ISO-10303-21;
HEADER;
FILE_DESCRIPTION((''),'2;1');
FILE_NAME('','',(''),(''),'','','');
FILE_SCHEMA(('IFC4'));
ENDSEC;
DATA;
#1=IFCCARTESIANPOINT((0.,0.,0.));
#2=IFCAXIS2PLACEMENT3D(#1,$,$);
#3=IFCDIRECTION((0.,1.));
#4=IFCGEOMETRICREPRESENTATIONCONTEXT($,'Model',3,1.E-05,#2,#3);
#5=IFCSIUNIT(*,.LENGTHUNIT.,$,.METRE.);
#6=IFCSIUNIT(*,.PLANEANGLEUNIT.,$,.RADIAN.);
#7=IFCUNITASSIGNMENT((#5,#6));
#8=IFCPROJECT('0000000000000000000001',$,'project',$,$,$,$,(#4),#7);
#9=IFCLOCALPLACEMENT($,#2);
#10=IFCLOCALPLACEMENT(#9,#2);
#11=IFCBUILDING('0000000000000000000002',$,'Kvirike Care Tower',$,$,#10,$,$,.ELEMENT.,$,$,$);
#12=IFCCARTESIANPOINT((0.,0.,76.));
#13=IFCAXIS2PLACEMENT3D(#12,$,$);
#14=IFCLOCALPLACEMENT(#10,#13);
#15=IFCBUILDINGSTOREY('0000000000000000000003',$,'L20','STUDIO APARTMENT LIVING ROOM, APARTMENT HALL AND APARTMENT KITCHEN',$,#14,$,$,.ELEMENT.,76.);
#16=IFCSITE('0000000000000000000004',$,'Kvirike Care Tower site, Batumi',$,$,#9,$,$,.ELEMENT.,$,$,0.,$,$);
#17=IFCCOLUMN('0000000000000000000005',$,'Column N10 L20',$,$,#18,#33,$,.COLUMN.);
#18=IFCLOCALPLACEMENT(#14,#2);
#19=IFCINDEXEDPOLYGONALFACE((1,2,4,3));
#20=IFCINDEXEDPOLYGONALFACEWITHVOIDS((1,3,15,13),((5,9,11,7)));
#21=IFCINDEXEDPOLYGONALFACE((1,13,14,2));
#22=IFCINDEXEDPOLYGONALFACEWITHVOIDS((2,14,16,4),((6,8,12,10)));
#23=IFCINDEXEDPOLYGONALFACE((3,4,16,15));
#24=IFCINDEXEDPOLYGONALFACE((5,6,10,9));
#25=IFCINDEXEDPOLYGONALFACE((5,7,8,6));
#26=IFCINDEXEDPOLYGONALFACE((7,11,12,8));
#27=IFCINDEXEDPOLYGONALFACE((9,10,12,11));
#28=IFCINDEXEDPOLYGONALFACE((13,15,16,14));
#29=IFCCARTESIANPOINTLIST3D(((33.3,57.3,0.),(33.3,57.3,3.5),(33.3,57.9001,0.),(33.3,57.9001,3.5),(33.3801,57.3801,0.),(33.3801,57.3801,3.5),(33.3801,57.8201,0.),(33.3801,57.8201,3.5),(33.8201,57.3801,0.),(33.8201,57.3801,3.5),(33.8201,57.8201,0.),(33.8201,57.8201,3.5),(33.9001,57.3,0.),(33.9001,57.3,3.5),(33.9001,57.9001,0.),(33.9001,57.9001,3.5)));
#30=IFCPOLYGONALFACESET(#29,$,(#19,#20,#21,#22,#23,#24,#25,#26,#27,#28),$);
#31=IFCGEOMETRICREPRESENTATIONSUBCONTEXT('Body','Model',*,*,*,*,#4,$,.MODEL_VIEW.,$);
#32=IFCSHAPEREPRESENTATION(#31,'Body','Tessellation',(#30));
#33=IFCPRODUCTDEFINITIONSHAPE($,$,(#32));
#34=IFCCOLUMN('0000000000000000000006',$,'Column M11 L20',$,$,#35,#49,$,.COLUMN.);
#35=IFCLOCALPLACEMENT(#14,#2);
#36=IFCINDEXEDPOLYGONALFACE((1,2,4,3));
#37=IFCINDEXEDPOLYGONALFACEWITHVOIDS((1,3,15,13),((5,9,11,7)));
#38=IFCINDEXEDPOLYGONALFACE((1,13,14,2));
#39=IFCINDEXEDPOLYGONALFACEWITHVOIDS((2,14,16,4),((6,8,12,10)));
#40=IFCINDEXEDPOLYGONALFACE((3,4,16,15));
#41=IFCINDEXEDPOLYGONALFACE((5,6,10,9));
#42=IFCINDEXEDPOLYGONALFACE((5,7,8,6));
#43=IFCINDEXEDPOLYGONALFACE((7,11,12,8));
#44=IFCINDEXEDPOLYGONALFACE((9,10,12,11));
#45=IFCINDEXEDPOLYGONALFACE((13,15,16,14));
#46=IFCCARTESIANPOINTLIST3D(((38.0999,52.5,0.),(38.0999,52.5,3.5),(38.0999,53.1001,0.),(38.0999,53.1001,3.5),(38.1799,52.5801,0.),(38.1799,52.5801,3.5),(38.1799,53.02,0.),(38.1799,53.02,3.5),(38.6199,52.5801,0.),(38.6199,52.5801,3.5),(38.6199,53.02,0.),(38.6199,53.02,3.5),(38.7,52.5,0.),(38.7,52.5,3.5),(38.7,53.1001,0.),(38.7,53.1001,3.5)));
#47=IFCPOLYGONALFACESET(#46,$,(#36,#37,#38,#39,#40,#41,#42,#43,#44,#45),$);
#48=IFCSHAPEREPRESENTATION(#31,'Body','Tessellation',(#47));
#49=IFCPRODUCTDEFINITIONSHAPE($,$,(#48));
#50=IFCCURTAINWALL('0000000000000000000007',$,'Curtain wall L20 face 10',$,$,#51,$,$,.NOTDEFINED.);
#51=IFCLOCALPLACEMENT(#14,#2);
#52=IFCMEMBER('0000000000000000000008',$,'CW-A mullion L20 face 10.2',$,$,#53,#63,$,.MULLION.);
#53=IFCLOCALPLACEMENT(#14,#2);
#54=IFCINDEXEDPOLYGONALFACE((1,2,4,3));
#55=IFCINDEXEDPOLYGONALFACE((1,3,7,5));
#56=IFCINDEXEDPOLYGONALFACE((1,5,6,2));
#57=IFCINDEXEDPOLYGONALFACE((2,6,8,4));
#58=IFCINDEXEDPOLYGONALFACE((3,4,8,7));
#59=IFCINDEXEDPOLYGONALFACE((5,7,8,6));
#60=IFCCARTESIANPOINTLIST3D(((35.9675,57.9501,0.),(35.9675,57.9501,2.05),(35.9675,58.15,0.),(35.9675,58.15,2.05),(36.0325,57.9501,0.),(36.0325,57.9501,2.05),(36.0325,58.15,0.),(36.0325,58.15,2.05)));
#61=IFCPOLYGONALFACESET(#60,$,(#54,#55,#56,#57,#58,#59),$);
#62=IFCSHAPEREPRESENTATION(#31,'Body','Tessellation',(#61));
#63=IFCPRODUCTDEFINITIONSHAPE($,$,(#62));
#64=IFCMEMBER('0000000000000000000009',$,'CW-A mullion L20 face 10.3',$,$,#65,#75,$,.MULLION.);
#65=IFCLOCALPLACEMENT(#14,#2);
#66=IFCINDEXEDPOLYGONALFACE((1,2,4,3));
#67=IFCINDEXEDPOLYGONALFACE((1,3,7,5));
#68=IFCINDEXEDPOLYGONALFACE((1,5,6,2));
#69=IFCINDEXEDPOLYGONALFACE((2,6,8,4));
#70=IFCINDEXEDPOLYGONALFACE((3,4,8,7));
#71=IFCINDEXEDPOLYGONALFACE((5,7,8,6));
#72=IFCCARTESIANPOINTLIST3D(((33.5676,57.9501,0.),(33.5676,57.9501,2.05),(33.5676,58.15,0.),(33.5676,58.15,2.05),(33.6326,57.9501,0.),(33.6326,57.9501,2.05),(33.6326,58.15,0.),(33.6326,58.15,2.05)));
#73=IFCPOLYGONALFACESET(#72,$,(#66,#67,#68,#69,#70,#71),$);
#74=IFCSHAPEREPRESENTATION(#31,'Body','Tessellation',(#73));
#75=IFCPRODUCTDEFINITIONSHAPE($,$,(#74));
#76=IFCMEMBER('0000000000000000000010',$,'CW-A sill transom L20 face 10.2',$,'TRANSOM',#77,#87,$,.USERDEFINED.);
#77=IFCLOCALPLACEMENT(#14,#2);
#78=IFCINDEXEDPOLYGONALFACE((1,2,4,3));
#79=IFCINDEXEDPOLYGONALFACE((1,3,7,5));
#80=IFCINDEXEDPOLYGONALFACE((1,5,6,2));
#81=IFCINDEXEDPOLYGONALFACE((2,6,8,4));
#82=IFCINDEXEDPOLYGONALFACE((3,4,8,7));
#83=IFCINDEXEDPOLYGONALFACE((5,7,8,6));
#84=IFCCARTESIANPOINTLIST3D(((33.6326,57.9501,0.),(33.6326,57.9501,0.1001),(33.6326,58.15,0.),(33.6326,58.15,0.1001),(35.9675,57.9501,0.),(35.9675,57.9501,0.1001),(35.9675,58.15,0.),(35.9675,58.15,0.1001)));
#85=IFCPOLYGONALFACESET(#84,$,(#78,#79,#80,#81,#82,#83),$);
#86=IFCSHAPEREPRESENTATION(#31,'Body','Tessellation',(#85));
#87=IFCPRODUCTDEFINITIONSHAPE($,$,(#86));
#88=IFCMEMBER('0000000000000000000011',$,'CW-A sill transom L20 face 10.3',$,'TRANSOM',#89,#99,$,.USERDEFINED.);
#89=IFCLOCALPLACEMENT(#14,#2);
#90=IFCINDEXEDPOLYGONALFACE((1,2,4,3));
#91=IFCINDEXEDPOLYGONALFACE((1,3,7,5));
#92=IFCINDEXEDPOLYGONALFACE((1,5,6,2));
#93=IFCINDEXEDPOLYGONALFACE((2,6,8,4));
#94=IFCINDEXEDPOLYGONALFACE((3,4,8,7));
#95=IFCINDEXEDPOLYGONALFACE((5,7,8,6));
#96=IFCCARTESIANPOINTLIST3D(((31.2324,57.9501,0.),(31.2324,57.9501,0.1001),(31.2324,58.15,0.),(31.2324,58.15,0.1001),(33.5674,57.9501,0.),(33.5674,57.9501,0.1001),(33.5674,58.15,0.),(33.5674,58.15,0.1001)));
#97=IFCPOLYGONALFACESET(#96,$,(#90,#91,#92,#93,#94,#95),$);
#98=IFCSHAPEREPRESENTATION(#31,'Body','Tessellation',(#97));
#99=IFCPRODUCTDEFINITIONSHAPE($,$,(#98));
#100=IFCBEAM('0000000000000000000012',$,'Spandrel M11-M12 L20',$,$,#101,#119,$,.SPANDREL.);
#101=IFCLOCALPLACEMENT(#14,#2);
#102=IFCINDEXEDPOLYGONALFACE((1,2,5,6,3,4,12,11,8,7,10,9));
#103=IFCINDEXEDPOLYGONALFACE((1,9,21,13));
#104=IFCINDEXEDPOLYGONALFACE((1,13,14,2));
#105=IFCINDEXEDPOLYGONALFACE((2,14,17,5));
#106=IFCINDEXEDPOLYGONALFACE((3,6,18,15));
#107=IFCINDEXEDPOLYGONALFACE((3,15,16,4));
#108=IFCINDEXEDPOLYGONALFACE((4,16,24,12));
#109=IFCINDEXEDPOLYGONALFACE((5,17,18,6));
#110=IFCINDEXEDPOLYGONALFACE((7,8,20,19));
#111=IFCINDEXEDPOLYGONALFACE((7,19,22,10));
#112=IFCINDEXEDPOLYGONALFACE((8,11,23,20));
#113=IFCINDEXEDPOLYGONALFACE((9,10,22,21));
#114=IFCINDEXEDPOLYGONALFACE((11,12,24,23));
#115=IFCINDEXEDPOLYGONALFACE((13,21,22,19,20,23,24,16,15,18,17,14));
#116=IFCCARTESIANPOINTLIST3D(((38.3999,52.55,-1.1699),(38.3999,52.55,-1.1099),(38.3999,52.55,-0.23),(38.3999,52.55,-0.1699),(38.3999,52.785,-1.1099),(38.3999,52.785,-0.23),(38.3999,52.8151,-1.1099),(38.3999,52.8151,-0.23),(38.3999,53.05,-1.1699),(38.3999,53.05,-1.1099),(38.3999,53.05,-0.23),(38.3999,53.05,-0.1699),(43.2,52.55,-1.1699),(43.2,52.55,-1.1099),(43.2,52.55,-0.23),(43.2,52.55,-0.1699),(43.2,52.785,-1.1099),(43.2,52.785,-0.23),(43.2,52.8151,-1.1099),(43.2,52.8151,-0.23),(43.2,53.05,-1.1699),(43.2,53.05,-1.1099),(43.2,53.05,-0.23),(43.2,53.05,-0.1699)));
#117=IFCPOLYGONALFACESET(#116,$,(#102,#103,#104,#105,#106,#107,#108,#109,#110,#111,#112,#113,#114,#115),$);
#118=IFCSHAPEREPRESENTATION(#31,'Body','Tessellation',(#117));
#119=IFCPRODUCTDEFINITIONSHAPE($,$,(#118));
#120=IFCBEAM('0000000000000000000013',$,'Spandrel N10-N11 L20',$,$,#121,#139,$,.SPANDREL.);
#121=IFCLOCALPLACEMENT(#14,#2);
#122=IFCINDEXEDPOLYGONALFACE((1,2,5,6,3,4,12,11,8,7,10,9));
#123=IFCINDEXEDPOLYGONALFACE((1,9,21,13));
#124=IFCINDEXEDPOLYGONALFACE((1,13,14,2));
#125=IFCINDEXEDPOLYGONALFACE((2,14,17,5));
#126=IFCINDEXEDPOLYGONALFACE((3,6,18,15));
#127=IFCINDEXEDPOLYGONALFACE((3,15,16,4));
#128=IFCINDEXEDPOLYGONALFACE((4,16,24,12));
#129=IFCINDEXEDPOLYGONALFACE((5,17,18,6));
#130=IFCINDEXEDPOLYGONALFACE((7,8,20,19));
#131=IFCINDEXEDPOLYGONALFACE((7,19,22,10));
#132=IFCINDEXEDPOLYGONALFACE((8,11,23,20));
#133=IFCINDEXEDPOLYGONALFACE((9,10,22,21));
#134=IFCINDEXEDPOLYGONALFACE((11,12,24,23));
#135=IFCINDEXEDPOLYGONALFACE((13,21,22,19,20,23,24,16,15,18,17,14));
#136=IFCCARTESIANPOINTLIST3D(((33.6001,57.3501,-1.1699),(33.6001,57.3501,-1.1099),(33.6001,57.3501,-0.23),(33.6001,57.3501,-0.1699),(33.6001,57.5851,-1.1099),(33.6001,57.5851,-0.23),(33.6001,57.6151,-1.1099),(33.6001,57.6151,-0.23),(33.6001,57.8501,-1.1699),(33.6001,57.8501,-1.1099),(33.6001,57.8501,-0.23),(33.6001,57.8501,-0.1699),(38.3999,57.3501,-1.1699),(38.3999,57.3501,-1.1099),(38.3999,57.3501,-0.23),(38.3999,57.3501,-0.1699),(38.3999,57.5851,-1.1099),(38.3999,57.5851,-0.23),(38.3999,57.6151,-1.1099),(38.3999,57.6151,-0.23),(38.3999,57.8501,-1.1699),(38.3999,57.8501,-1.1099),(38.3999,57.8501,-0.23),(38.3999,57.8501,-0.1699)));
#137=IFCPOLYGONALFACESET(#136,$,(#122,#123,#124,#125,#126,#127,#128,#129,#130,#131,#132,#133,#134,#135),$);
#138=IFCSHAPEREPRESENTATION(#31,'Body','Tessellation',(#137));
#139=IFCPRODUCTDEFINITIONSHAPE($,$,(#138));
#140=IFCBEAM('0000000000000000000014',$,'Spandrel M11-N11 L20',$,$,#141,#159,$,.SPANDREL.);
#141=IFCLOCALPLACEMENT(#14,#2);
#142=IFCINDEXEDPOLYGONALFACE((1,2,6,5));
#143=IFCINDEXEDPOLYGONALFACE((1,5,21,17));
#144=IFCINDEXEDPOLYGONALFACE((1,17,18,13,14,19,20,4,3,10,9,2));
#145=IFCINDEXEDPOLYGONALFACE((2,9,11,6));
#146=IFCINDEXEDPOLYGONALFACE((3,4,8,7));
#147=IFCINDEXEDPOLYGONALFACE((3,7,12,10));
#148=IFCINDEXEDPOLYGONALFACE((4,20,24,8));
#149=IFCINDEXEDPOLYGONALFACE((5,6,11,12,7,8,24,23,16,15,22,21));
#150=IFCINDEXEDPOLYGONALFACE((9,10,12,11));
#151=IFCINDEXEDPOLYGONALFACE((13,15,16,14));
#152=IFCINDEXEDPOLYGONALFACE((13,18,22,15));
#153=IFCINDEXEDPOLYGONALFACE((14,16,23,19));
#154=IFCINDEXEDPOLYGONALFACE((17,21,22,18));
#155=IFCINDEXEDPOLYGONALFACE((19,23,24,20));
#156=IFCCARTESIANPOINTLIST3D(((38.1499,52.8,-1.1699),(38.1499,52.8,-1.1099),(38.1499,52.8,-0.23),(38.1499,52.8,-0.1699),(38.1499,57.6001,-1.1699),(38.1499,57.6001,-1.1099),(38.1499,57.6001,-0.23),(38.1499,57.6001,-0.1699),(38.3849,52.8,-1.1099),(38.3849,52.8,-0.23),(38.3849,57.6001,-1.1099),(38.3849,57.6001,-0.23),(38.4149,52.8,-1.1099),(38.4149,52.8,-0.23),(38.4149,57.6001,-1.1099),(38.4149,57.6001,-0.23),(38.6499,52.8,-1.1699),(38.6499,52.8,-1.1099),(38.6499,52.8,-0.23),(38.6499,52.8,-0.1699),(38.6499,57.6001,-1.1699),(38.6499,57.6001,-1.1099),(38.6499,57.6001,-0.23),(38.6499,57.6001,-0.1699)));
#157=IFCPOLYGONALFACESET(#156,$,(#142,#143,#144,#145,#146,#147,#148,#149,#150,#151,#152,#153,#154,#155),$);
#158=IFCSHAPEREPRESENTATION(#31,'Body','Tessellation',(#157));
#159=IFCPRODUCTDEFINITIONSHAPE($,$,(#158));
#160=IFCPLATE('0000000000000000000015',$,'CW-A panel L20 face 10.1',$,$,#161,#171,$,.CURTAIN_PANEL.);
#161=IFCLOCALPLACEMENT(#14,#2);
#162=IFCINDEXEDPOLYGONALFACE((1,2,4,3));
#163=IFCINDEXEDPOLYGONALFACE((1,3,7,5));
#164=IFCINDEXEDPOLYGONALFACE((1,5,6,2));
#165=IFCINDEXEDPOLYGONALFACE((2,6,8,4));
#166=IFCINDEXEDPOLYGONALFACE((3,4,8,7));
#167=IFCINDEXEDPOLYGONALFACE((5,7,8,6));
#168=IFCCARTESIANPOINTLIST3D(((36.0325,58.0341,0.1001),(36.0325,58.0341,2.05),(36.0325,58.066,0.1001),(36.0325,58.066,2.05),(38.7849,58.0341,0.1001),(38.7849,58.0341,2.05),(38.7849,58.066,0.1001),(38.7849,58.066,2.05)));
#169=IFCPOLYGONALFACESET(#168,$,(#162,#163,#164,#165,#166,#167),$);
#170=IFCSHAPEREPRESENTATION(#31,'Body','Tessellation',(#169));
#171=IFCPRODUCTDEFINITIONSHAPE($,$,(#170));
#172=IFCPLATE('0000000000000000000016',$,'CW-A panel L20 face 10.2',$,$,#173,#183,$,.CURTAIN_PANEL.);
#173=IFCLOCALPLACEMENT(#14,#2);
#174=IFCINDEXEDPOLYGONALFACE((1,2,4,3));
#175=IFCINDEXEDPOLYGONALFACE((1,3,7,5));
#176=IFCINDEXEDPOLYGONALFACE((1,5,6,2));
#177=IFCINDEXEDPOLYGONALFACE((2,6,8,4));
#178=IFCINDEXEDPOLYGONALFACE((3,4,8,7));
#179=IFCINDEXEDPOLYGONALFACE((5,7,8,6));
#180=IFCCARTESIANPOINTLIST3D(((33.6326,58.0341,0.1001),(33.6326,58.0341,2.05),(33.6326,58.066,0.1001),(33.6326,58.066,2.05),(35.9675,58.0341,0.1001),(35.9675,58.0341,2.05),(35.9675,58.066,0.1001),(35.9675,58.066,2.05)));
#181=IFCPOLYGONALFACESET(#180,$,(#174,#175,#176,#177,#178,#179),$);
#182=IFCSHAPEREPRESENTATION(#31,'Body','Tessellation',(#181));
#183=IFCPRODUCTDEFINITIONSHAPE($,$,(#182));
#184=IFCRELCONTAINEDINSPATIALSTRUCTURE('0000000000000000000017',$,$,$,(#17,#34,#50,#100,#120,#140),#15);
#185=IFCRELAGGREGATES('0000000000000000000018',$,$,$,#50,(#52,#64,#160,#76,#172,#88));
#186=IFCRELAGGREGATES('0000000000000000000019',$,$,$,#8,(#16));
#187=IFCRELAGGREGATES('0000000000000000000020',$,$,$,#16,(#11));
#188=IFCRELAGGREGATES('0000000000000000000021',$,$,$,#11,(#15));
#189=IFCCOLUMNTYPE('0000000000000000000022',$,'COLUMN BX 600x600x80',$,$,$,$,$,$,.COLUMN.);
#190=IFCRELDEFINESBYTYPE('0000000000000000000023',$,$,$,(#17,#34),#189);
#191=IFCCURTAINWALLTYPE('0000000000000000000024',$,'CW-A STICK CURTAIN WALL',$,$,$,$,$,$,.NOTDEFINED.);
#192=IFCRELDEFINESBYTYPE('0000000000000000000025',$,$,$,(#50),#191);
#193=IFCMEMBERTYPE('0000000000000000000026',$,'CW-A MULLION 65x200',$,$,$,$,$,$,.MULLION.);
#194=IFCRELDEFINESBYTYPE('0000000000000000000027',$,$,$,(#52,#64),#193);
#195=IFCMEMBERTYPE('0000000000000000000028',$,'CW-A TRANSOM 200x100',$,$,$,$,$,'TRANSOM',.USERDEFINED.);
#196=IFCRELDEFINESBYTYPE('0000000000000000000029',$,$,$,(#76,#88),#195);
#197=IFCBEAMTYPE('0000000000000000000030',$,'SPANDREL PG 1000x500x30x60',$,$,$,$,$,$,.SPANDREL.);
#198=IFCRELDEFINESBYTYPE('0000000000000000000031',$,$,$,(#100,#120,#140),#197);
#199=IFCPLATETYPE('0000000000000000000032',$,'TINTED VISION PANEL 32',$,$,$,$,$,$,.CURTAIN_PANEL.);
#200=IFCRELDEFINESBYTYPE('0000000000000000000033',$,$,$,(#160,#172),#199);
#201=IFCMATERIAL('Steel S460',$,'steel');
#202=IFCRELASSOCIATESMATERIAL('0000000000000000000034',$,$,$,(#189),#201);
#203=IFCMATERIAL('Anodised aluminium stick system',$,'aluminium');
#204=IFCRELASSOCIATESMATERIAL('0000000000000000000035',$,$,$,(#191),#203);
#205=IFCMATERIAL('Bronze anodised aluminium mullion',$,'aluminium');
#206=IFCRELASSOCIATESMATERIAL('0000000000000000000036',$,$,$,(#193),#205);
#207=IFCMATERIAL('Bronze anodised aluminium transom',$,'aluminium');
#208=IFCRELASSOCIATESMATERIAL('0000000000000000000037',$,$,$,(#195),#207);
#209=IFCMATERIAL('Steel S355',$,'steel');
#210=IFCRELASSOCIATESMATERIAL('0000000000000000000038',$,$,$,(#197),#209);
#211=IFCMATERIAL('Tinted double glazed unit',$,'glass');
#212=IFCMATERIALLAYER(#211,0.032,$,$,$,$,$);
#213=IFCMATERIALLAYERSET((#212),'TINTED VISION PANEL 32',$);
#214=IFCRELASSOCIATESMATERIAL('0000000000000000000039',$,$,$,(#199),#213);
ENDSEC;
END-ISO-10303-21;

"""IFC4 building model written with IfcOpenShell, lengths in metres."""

from ifc_helpers import new_model, si_unit, direction, frame, origin, origin_2d, place, context, subcontext, project, spatial, rectangle, hollow_rectangle, i_section, extrude, material, layer, layer_set, material_profile, profile_set, type_object, element, aggregate, save


model = new_model("IFC4")

# Units and contexts
model_context = context("Model", 3, precision=1e-05, world=origin(), true_north=direction((0.0, 1.0)))
body_context = subcontext(model_context, "Body", "Model", "MODEL_VIEW")
ifc_project = project(units=[si_unit("LENGTHUNIT", "METRE"), si_unit("PLANEANGLEUNIT", "RADIAN")], contexts=[model_context])

# Site, building, storey
site_placement = place(None, origin())
site = spatial("IfcSite", under=ifc_project, at=site_placement, Name="Kvirike Care Tower site, Batumi", CompositionType="ELEMENT", RefElevation=0.0)
building_placement = place(site_placement, origin())
building = spatial("IfcBuilding", under=site, at=building_placement, Name="Kvirike Care Tower", CompositionType="ELEMENT")
storey_placement = place(building_placement, frame((0.0, 0.0, 76.0)))
storey = spatial("IfcBuildingStorey", under=building, at=storey_placement, Name="L20", Description="STUDIO APARTMENT LIVING ROOM, APARTMENT HALL AND APARTMENT KITCHEN", CompositionType="ELEMENT", Elevation=76.0)

# Columns
ifc_material_1 = material(Name="Steel S460", Category="steel")
ifc_material_profile_1 = material_profile(ifc_material_1, hollow_rectangle(XDim=0.6001, YDim=0.6001, WallThickness=0.0801, at=origin_2d()), Name="BX 600x600x80")
ifc_profile_set_1 = profile_set([ifc_material_profile_1], Name="Steel S460")
column_type = type_object("IfcColumnType", Name="COLUMN BX 600x600x80", PredefinedType="COLUMN", material=ifc_profile_set_1)
for number, where, z_axis, x_axis, name in (
    (1, (33.6001, 57.6001, 0.0), (0.0, 0.0, 1.0), (0.0, 1.0, 0.0), "Column N10 L20"),
    (2, (38.3999, 52.8, 0.0), (0.0, 0.0, 1.0), (0.0, 1.0, 0.0), "Column M11 L20"),
):
    element("IfcColumn", number, at=place(storey_placement, frame(where, z_axis=z_axis, x_axis=x_axis)), inside=storey, type_object=column_type, Name=name, PredefinedType="COLUMN", context=body_context, shape_type="SweptSolid", body=[
        extrude(hollow_rectangle(XDim=0.6001, YDim=0.6001, WallThickness=0.0801, at=origin_2d()), origin(), (0.0, 0.0, 1.0), 3.5),
    ])

# Curtain wall, members
ifc_material_2 = material(Name="Anodised aluminium stick system", Category="aluminium")
curtain_wall_type = type_object("IfcCurtainWallType", Name="CW-A STICK CURTAIN WALL", PredefinedType="NOTDEFINED", material=ifc_material_2)
curtain_wall_placement = place(storey_placement, origin())
curtain_wall = element("IfcCurtainWall", 3, at=curtain_wall_placement, inside=storey, type_object=curtain_wall_type, Name="Curtain wall L20 face 10", PredefinedType="NOTDEFINED")
ifc_material_3 = material(Name="Bronze anodised aluminium mullion", Category="aluminium")
ifc_material_profile_2 = material_profile(ifc_material_3, rectangle(XDim=0.0649, YDim=0.2, at=origin_2d()), Name="CW-A MULLION 65x200")
ifc_profile_set_2 = profile_set([ifc_material_profile_2], Name="Bronze anodised aluminium mullion")
member_type_1 = type_object("IfcMemberType", Name="CW-A MULLION 65x200", PredefinedType="MULLION", material=ifc_profile_set_2)
member_1_placement = place(storey_placement, frame((36.0, 58.05, 0.0), z_axis=(0.0, 0.0, 1.0), x_axis=(-1.0, 0.0, 0.0)))
member_1 = element("IfcMember", 4, at=member_1_placement, type_object=member_type_1, Name="CW-A mullion L20 face 10.2", PredefinedType="MULLION", context=body_context, shape_type="SweptSolid", body=[
    extrude(rectangle(XDim=0.0649, YDim=0.2, at=origin_2d()), origin(), (0.0, 0.0, 1.0), 2.05),
])
member_2_placement = place(storey_placement, frame((33.6001, 58.05, 0.0), z_axis=(0.0, 0.0, 1.0), x_axis=(-1.0, 0.0, 0.0)))
member_2 = element("IfcMember", 5, at=member_2_placement, type_object=member_type_1, Name="CW-A mullion L20 face 10.3", PredefinedType="MULLION", context=body_context, shape_type="SweptSolid", body=[
    extrude(rectangle(XDim=0.0649, YDim=0.2, at=origin_2d()), origin(), (0.0, 0.0, 1.0), 2.05),
])
ifc_material_4 = material(Name="Bronze anodised aluminium transom", Category="aluminium")
ifc_material_profile_3 = material_profile(ifc_material_4, rectangle(XDim=0.2, YDim=0.1001, at=origin_2d()), Name="CW-A TRANSOM 200x100")
ifc_profile_set_3 = profile_set([ifc_material_profile_3], Name="Bronze anodised aluminium transom")
member_type_2 = type_object("IfcMemberType", Name="CW-A TRANSOM 200x100", ElementType="TRANSOM", PredefinedType="USERDEFINED", material=ifc_profile_set_3)
member_3_placement = place(storey_placement, frame((35.9675, 58.05, 0.05), z_axis=(-1.0, 0.0, 0.0), x_axis=(0.0, -1.0, 0.0)))
member_3 = element("IfcMember", 6, at=member_3_placement, type_object=member_type_2, Name="CW-A sill transom L20 face 10.2", ObjectType="TRANSOM", PredefinedType="USERDEFINED", context=body_context, shape_type="SweptSolid", body=[
    extrude(rectangle(XDim=0.2, YDim=0.1001, at=origin_2d()), origin(), (0.0, 0.0, 1.0), 2.335),
])
member_4_placement = place(storey_placement, frame((33.5674, 58.05, 0.05), z_axis=(-1.0, 0.0, 0.0), x_axis=(0.0, -1.0, 0.0)))
member_4 = element("IfcMember", 7, at=member_4_placement, type_object=member_type_2, Name="CW-A sill transom L20 face 10.3", ObjectType="TRANSOM", PredefinedType="USERDEFINED", context=body_context, shape_type="SweptSolid", body=[
    extrude(rectangle(XDim=0.2, YDim=0.1001, at=origin_2d()), origin(), (0.0, 0.0, 1.0), 2.335),
])

# Beams
ifc_material_5 = material(Name="Steel S355", Category="steel")
ifc_material_profile_4 = material_profile(ifc_material_5, i_section(OverallWidth=0.5, OverallDepth=1.0, WebThickness=0.03, FlangeThickness=0.0601, at=origin_2d()), Name="PG 1000x500x30x60")
ifc_profile_set_4 = profile_set([ifc_material_profile_4], Name="Steel S355")
beam_type = type_object("IfcBeamType", Name="SPANDREL PG 1000x500x30x60", PredefinedType="SPANDREL", material=ifc_profile_set_4)
beam_1_placement = place(storey_placement, frame((38.3999, 52.8, -0.6699), z_axis=(1.0, 0.0, 0.0), x_axis=(0.0, 1.0, 0.0)))
element("IfcBeam", 8, at=beam_1_placement, inside=storey, type_object=beam_type, Name="Spandrel M11-M12 L20", PredefinedType="SPANDREL", context=body_context, shape_type="SweptSolid", body=[
    extrude(i_section(OverallWidth=0.5, OverallDepth=1.0, WebThickness=0.03, FlangeThickness=0.0601, at=origin_2d()), origin(), (0.0, 0.0, 1.0), 4.8),
])
beam_2_placement = place(storey_placement, frame((33.6001, 57.6001, -0.6699), z_axis=(1.0, 0.0, 0.0), x_axis=(0.0, 1.0, 0.0)))
element("IfcBeam", 9, at=beam_2_placement, inside=storey, type_object=beam_type, Name="Spandrel N10-N11 L20", PredefinedType="SPANDREL", context=body_context, shape_type="SweptSolid", body=[
    extrude(i_section(OverallWidth=0.5, OverallDepth=1.0, WebThickness=0.03, FlangeThickness=0.0601, at=origin_2d()), origin(), (0.0, 0.0, 1.0), 4.7998),
])
beam_3_placement = place(storey_placement, frame((38.3999, 52.8, -0.6699), z_axis=(0.0, 1.0, 0.0), x_axis=(-1.0, 0.0, 0.0)))
element("IfcBeam", 10, at=beam_3_placement, inside=storey, type_object=beam_type, Name="Spandrel M11-N11 L20", PredefinedType="SPANDREL", context=body_context, shape_type="SweptSolid", body=[
    extrude(i_section(OverallWidth=0.5, OverallDepth=1.0, WebThickness=0.03, FlangeThickness=0.0601, at=origin_2d()), origin(), (0.0, 0.0, 1.0), 4.8),
])

# Plates
ifc_material_6 = material(Name="Tinted double glazed unit", Category="glass")
ifc_layer_1 = layer(ifc_material_6, 0.032)
ifc_layer_set_1 = layer_set([ifc_layer_1], Name="TINTED VISION PANEL 32")
plate_type = type_object("IfcPlateType", Name="TINTED VISION PANEL 32", PredefinedType="CURTAIN_PANEL", material=ifc_layer_set_1)
plate_1_placement = place(storey_placement, frame((37.4087, 58.05, 0.1001), z_axis=(0.0, 0.0, 1.0), x_axis=(-1.0, 0.0, 0.0)))
plate_1 = element("IfcPlate", 11, at=plate_1_placement, type_object=plate_type, Name="CW-A panel L20 face 10.1", PredefinedType="CURTAIN_PANEL", context=body_context, shape_type="SweptSolid", body=[
    extrude(rectangle(XDim=2.7524, YDim=0.032, at=origin_2d()), origin(), (0.0, 0.0, 1.0), 1.95),
])
plate_2_placement = place(storey_placement, frame((34.8, 58.05, 0.1001), z_axis=(0.0, 0.0, 1.0), x_axis=(-1.0, 0.0, 0.0)))
plate_2 = element("IfcPlate", 12, at=plate_2_placement, type_object=plate_type, Name="CW-A panel L20 face 10.2", PredefinedType="CURTAIN_PANEL", context=body_context, shape_type="SweptSolid", body=[
    extrude(rectangle(XDim=2.335, YDim=0.032, at=origin_2d()), origin(), (0.0, 0.0, 1.0), 1.95),
])
aggregate(curtain_wall, [member_1, member_2, plate_1, member_3, plate_2, member_4])

save(model, "model.ifc")
